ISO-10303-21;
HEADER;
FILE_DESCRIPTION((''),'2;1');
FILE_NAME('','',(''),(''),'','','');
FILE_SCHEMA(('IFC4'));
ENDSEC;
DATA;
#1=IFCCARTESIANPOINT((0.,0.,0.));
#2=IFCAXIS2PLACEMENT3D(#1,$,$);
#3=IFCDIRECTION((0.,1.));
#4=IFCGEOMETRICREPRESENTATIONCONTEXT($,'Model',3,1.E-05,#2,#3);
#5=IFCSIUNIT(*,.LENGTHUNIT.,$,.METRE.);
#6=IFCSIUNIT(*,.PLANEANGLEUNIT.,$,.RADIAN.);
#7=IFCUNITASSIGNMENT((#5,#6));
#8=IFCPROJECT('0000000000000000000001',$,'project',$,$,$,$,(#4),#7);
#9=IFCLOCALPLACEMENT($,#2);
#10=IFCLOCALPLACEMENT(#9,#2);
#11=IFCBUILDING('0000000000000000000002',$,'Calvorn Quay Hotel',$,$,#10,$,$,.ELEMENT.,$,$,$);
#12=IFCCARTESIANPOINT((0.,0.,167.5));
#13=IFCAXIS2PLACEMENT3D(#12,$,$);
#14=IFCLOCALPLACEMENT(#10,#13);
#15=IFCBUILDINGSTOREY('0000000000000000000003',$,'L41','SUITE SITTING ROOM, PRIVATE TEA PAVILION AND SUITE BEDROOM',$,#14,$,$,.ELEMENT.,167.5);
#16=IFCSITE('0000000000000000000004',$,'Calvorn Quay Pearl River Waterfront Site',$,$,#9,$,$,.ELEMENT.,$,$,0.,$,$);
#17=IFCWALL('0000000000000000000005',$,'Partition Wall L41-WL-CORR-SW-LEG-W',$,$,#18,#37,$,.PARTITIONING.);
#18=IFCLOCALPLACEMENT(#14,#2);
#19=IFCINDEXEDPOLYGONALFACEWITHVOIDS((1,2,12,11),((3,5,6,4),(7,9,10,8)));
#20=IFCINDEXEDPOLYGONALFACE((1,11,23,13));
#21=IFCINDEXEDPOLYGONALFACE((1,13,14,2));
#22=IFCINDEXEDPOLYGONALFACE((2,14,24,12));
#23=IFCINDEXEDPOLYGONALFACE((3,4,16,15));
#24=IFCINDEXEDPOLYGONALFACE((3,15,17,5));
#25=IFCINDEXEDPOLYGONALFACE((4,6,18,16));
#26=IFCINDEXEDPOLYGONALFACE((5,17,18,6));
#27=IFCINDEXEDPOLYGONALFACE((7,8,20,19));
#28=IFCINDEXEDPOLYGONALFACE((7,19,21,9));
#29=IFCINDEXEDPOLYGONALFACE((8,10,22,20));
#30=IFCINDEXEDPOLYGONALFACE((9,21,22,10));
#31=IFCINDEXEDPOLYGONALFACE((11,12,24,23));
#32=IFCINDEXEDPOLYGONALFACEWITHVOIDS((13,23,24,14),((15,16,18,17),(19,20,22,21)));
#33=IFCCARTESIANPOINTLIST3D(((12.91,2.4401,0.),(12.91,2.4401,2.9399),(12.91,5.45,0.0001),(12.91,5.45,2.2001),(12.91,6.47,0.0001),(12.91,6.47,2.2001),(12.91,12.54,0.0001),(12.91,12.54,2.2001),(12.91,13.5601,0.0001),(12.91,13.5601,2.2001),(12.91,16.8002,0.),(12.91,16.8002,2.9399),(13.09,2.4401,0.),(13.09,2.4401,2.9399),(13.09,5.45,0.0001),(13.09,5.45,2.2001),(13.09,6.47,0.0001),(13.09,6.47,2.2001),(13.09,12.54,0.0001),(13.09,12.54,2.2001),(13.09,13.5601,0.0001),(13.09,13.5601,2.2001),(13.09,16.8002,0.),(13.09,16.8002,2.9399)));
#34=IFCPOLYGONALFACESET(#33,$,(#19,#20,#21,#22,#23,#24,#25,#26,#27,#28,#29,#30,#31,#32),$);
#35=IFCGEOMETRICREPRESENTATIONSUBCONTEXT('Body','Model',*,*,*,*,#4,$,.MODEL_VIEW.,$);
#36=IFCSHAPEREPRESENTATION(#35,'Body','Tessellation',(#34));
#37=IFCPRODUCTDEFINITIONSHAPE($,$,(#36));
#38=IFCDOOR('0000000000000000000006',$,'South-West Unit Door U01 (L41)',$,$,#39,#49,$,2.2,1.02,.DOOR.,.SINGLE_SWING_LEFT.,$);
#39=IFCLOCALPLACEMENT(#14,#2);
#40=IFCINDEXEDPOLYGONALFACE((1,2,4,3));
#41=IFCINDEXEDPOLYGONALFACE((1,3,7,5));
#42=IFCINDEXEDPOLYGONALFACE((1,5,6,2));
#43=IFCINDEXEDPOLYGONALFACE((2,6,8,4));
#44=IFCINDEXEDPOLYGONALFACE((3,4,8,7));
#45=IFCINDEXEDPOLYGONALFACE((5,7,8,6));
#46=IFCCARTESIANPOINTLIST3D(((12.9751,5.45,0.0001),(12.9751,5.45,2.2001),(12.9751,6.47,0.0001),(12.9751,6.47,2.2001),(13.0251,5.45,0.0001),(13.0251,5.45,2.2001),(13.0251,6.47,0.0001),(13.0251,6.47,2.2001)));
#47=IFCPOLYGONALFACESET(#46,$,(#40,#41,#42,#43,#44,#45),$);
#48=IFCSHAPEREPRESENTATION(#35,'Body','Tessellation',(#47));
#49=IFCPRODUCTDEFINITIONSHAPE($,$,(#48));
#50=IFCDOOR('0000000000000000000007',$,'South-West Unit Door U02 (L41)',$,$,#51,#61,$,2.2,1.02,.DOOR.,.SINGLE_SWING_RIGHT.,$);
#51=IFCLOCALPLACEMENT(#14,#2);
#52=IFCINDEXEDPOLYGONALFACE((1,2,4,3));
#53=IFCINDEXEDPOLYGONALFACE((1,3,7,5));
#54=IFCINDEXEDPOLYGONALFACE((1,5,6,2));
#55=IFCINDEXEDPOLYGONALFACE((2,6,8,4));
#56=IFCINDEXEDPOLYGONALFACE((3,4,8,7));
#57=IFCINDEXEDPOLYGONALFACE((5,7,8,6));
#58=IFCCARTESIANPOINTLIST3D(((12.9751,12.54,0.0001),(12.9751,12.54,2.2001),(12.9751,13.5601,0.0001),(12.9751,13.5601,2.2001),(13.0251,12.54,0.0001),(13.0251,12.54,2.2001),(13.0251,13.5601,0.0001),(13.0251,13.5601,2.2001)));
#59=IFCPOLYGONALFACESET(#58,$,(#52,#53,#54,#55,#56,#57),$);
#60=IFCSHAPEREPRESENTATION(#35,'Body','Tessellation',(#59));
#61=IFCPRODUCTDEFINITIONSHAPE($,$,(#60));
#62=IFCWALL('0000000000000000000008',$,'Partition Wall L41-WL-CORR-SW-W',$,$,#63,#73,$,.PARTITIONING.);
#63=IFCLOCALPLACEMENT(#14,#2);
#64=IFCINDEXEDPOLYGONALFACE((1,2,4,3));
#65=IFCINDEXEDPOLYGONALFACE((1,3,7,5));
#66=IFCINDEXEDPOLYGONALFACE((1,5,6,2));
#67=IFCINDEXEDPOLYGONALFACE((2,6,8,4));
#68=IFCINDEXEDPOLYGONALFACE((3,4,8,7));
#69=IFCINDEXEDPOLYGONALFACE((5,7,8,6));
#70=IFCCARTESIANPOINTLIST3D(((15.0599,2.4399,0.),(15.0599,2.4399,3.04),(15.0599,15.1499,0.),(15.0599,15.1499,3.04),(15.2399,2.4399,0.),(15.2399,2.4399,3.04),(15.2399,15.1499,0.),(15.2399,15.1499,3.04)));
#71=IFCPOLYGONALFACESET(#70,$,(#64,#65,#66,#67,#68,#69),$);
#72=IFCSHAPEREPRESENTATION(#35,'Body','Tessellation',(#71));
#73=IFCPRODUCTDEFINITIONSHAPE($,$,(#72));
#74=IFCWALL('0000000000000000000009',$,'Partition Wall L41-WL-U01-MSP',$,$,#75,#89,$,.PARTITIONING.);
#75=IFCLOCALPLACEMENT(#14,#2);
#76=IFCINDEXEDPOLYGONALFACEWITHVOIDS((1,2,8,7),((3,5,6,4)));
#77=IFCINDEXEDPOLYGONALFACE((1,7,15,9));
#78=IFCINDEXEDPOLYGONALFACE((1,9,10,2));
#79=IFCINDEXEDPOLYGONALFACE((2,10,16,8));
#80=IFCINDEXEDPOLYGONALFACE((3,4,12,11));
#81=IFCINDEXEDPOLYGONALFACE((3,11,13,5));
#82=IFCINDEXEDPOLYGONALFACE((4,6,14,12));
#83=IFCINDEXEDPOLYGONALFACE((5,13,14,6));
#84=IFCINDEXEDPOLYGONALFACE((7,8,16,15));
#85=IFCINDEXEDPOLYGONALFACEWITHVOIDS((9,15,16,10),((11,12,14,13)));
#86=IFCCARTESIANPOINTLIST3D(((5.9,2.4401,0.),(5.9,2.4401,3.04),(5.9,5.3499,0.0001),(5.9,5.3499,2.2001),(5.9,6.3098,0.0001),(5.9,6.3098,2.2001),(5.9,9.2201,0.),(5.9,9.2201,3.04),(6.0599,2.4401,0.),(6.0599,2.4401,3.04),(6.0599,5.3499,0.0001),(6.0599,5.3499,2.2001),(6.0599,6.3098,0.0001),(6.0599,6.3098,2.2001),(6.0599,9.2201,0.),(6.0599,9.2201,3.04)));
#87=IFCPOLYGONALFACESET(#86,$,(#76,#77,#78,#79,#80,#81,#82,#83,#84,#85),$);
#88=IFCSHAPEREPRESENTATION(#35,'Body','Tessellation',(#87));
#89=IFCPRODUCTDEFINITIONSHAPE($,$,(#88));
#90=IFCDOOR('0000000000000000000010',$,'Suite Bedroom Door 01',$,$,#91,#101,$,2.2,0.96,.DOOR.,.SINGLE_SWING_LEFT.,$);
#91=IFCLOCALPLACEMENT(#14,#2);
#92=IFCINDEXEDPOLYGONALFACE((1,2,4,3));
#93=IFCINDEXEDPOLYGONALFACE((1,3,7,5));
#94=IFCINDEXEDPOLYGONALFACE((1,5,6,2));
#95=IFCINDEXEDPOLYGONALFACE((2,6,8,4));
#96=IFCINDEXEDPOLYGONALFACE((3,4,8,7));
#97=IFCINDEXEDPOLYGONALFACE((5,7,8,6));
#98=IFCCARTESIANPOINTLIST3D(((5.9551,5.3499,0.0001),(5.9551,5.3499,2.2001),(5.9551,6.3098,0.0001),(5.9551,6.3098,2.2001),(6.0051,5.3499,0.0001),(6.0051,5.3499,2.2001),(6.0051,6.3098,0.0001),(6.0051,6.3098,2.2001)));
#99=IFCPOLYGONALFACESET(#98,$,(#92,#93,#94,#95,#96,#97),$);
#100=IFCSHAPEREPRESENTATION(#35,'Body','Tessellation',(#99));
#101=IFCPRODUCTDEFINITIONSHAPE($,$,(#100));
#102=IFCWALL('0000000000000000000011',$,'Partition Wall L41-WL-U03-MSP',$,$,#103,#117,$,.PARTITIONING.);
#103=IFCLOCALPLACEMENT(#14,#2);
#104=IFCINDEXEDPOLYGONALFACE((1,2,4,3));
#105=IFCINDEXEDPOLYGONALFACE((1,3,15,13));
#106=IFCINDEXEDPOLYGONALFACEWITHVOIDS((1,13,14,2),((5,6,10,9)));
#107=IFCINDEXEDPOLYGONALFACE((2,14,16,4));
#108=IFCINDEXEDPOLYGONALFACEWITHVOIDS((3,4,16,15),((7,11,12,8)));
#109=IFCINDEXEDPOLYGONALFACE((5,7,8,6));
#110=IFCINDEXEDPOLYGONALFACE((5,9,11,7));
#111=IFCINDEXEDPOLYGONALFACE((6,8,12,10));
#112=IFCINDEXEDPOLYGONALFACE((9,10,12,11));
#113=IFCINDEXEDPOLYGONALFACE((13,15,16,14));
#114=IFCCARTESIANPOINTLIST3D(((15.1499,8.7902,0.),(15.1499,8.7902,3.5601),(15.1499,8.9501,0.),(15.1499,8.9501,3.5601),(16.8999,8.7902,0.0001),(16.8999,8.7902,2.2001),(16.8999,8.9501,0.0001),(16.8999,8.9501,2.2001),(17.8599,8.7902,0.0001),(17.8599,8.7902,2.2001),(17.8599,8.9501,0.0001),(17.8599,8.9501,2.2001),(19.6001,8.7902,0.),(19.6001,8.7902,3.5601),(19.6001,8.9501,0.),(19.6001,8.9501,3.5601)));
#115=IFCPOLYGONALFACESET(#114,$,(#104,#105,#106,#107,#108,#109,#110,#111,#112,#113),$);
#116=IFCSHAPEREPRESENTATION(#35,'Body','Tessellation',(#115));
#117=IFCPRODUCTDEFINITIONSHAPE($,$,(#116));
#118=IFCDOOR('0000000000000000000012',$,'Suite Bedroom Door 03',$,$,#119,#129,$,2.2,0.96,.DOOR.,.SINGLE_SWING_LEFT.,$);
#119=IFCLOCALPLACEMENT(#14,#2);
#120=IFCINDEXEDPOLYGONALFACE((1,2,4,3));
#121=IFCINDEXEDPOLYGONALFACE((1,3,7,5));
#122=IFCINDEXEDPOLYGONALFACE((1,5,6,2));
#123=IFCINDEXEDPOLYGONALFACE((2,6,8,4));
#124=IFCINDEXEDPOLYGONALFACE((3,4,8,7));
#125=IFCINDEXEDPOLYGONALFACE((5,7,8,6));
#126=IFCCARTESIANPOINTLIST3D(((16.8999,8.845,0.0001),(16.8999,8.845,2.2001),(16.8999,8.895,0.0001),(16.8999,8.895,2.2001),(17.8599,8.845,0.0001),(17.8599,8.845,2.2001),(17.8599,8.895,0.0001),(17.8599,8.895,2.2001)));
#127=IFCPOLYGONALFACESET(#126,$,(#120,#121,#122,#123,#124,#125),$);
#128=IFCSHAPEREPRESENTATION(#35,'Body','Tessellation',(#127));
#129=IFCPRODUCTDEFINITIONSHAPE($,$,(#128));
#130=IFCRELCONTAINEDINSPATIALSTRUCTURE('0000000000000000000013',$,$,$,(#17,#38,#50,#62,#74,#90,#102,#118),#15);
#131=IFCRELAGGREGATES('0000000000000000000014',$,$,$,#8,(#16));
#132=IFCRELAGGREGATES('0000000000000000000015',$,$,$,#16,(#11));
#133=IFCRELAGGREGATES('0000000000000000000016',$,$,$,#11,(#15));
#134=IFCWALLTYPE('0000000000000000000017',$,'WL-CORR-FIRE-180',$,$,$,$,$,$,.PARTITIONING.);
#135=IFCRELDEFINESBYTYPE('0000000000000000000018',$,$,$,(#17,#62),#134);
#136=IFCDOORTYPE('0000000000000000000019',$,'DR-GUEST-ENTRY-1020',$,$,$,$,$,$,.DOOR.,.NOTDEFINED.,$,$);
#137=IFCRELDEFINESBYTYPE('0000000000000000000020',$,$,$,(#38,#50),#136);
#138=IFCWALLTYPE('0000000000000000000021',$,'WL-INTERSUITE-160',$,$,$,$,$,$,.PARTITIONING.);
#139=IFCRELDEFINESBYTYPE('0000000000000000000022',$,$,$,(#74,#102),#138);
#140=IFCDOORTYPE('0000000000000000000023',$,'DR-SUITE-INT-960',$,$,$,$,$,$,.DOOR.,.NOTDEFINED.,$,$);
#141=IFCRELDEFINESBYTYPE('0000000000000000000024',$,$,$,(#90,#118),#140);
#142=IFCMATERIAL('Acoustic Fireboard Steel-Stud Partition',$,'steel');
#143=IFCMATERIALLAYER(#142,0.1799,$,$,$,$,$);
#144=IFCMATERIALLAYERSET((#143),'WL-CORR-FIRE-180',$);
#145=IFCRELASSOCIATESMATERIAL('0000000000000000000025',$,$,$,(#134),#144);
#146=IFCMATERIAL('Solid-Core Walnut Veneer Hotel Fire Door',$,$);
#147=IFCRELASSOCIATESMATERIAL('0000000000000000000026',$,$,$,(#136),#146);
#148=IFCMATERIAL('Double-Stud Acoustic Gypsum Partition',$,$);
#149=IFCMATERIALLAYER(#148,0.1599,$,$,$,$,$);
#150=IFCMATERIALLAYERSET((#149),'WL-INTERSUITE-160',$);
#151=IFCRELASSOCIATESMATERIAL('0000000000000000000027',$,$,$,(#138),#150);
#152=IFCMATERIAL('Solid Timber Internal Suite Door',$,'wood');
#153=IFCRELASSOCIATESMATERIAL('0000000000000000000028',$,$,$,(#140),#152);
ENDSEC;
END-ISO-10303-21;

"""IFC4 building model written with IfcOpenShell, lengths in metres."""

from ifc_helpers import new_model, si_unit, direction, frame, frame_2d, origin, place, context, subcontext, project, spatial, rectangle, extrude, material, layer, layer_set, type_object, element, fill, save


model = new_model("IFC4")

# Units and contexts
model_context = context("Model", 3, precision=1e-05, world=origin(), true_north=direction((0.0, 1.0)))
body_context = subcontext(model_context, "Body", "Model", "MODEL_VIEW")
ifc_project = project(units=[si_unit("LENGTHUNIT", "METRE"), si_unit("PLANEANGLEUNIT", "RADIAN")], contexts=[model_context])

# Site, building, storey
site_placement = place(None, origin())
site = spatial("IfcSite", under=ifc_project, at=site_placement, Name="Calvorn Quay Pearl River Waterfront Site", CompositionType="ELEMENT", RefElevation=0.0)
building_placement = place(site_placement, origin())
building = spatial("IfcBuilding", under=site, at=building_placement, Name="Calvorn Quay Hotel", CompositionType="ELEMENT")
storey_placement = place(building_placement, frame((0.0, 0.0, 167.5)))
storey = spatial("IfcBuildingStorey", under=building, at=storey_placement, Name="L41", Description="SUITE SITTING ROOM, PRIVATE TEA PAVILION AND SUITE BEDROOM", CompositionType="ELEMENT", Elevation=167.5)

# Wall, openings, doors
ifc_material_1 = material(Name="Acoustic Fireboard Steel-Stud Partition", Category="steel")
ifc_layer_1 = layer(ifc_material_1, 0.1799)
ifc_layer_set_1 = layer_set([ifc_layer_1], Name="WL-CORR-FIRE-180")
wall_type_1 = type_object("IfcWallType", Name="WL-CORR-FIRE-180", PredefinedType="PARTITIONING", material=ifc_layer_set_1)
wall_1_placement = place(storey_placement, frame((13.0, 2.4399, 0.0), z_axis=(0.0, 0.0, 1.0), x_axis=(0.0, 1.0, 0.0)))
wall_1 = element("IfcWall", 1, at=wall_1_placement, inside=storey, type_object=wall_type_1, Name="Partition Wall L41-WL-CORR-SW-LEG-W", PredefinedType="PARTITIONING", context=body_context, shape_type="SweptSolid", body=[
    extrude(rectangle(XDim=14.3601, YDim=0.1799, at=frame_2d((7.1802, 0.0))), origin(), (0.0, 0.0, 1.0), 2.9399),
])
opening_1_placement = place(wall_1_placement, frame((3.01, 0.0, 0.0)))
opening_1 = element("IfcOpeningElement", 2, at=opening_1_placement, cuts=wall_1, PredefinedType="OPENING", context=body_context, shape_type="SweptSolid", body=[
    extrude(rectangle(XDim=1.02, YDim=2.2, at=frame_2d((0.51, 1.1001))), frame((0.0, 0.0999, 0.0), z_axis=(0.0, -1.0, 0.0), x_axis=(1.0, 0.0, 0.0)), (0.0, 0.0, 1.0), 0.2),
])
opening_2_placement = place(wall_1_placement, frame((10.1001, 0.0, 0.0)))
opening_2 = element("IfcOpeningElement", 3, at=opening_2_placement, cuts=wall_1, PredefinedType="OPENING", context=body_context, shape_type="SweptSolid", body=[
    extrude(rectangle(XDim=1.02, YDim=2.2, at=frame_2d((0.51, 1.1001))), frame((0.0, 0.0999, 0.0), z_axis=(0.0, -1.0, 0.0), x_axis=(1.0, 0.0, 0.0)), (0.0, 0.0, 1.0), 0.2),
])
ifc_material_2 = material(Name="Solid-Core Walnut Veneer Hotel Fire Door")
door_type_1 = type_object("IfcDoorType", Name="DR-GUEST-ENTRY-1020", OperationType="NOTDEFINED", PredefinedType="DOOR", material=ifc_material_2)
door_1_placement = place(opening_1_placement, origin())
door_1 = element("IfcDoor", 4, at=door_1_placement, inside=storey, type_object=door_type_1, Name="South-West Unit Door U01 (L41)", OperationType="SINGLE_SWING_LEFT", OverallHeight=2.2, OverallWidth=1.02, PredefinedType="DOOR", context=body_context, shape_type="SweptSolid", body=[
    extrude(rectangle(XDim=1.02, YDim=2.2, at=frame_2d((0.51, 1.1001))), frame((0.0, 0.0249, 0.0), z_axis=(0.0, -1.0, 0.0), x_axis=(1.0, 0.0, 0.0)), (0.0, 0.0, 1.0), 0.05),
])
fill(opening_1, door_1)
door_2_placement = place(opening_2_placement, origin())
door_2 = element("IfcDoor", 5, at=door_2_placement, inside=storey, type_object=door_type_1, Name="South-West Unit Door U02 (L41)", OperationType="SINGLE_SWING_RIGHT", OverallHeight=2.2, OverallWidth=1.02, PredefinedType="DOOR", context=body_context, shape_type="SweptSolid", body=[
    extrude(rectangle(XDim=1.02, YDim=2.2, at=frame_2d((0.51, 1.1001))), frame((0.0, 0.0249, 0.0), z_axis=(0.0, -1.0, 0.0), x_axis=(1.0, 0.0, 0.0)), (0.0, 0.0, 1.0), 0.05),
])
fill(opening_2, door_2)

# Wall
wall_2_placement = place(storey_placement, frame((15.1499, 2.4399, 0.0), z_axis=(0.0, 0.0, 1.0), x_axis=(0.0, 1.0, 0.0)))
element("IfcWall", 6, at=wall_2_placement, inside=storey, type_object=wall_type_1, Name="Partition Wall L41-WL-CORR-SW-W", PredefinedType="PARTITIONING", context=body_context, shape_type="SweptSolid", body=[
    extrude(rectangle(XDim=12.71, YDim=0.1799, at=frame_2d((6.355, 0.0))), origin(), (0.0, 0.0, 1.0), 3.04),
])

# Walls, openings, doors
ifc_material_3 = material(Name="Double-Stud Acoustic Gypsum Partition")
ifc_layer_2 = layer(ifc_material_3, 0.1599)
ifc_layer_set_2 = layer_set([ifc_layer_2], Name="WL-INTERSUITE-160")
wall_type_2 = type_object("IfcWallType", Name="WL-INTERSUITE-160", PredefinedType="PARTITIONING", material=ifc_layer_set_2)
wall_3_placement = place(storey_placement, frame((5.98, 2.4399, 0.0), z_axis=(0.0, 0.0, 1.0), x_axis=(0.0, 1.0, 0.0)))
wall_3 = element("IfcWall", 7, at=wall_3_placement, inside=storey, type_object=wall_type_2, Name="Partition Wall L41-WL-U01-MSP", PredefinedType="PARTITIONING", context=body_context, shape_type="SweptSolid", body=[
    extrude(rectangle(XDim=6.78, YDim=0.1599, at=frame_2d((3.3901, 0.0))), origin(), (0.0, 0.0, 1.0), 3.04),
])
opening_3_placement = place(wall_3_placement, frame((2.9099, 0.0, 0.0)))
opening_3 = element("IfcOpeningElement", 8, at=opening_3_placement, cuts=wall_3, PredefinedType="OPENING", context=body_context, shape_type="SweptSolid", body=[
    extrude(rectangle(XDim=0.96, YDim=2.2, at=frame_2d((0.48, 1.1001))), frame((0.0, 0.0898, 0.0), z_axis=(0.0, -1.0, 0.0), x_axis=(1.0, 0.0, 0.0)), (0.0, 0.0, 1.0), 0.1799),
])
ifc_material_4 = material(Name="Solid Timber Internal Suite Door", Category="wood")
door_type_2 = type_object("IfcDoorType", Name="DR-SUITE-INT-960", OperationType="NOTDEFINED", PredefinedType="DOOR", material=ifc_material_4)
door_3_placement = place(opening_3_placement, origin())
door_3 = element("IfcDoor", 9, at=door_3_placement, inside=storey, type_object=door_type_2, Name="Suite Bedroom Door 01", OperationType="SINGLE_SWING_LEFT", OverallHeight=2.2, OverallWidth=0.96, PredefinedType="DOOR", context=body_context, shape_type="SweptSolid", body=[
    extrude(rectangle(XDim=0.96, YDim=2.2, at=frame_2d((0.48, 1.1001))), frame((0.0, 0.0249, 0.0), z_axis=(0.0, -1.0, 0.0), x_axis=(1.0, 0.0, 0.0)), (0.0, 0.0, 1.0), 0.05),
])
fill(opening_3, door_3)
wall_4_placement = place(storey_placement, frame((15.1499, 8.8701, 0.0), z_axis=(0.0, 0.0, 1.0), x_axis=(1.0, 0.0, 0.0)))
wall_4 = element("IfcWall", 10, at=wall_4_placement, inside=storey, type_object=wall_type_2, Name="Partition Wall L41-WL-U03-MSP", PredefinedType="PARTITIONING", context=body_context, shape_type="SweptSolid", body=[
    extrude(rectangle(XDim=4.4502, YDim=0.1599, at=frame_2d((2.2251, 0.0))), origin(), (0.0, 0.0, 1.0), 3.5601),
])
opening_4_placement = place(wall_4_placement, frame((1.75, 0.0, 0.0)))
opening_4 = element("IfcOpeningElement", 11, at=opening_4_placement, cuts=wall_4, PredefinedType="OPENING", context=body_context, shape_type="SweptSolid", body=[
    extrude(rectangle(XDim=0.96, YDim=2.2, at=frame_2d((0.48, 1.1001))), frame((0.0, 0.0898, 0.0), z_axis=(0.0, -1.0, 0.0), x_axis=(1.0, 0.0, 0.0)), (0.0, 0.0, 1.0), 0.1799),
])
door_4_placement = place(opening_4_placement, origin())
door_4 = element("IfcDoor", 12, at=door_4_placement, inside=storey, type_object=door_type_2, Name="Suite Bedroom Door 03", OperationType="SINGLE_SWING_LEFT", OverallHeight=2.2, OverallWidth=0.96, PredefinedType="DOOR", context=body_context, shape_type="SweptSolid", body=[
    extrude(rectangle(XDim=0.96, YDim=2.2, at=frame_2d((0.48, 1.1001))), frame((0.0, 0.0249, 0.0), z_axis=(0.0, -1.0, 0.0), x_axis=(1.0, 0.0, 0.0)), (0.0, 0.0, 1.0), 0.05),
])
fill(opening_4, door_4)

save(model, "model.ifc")
